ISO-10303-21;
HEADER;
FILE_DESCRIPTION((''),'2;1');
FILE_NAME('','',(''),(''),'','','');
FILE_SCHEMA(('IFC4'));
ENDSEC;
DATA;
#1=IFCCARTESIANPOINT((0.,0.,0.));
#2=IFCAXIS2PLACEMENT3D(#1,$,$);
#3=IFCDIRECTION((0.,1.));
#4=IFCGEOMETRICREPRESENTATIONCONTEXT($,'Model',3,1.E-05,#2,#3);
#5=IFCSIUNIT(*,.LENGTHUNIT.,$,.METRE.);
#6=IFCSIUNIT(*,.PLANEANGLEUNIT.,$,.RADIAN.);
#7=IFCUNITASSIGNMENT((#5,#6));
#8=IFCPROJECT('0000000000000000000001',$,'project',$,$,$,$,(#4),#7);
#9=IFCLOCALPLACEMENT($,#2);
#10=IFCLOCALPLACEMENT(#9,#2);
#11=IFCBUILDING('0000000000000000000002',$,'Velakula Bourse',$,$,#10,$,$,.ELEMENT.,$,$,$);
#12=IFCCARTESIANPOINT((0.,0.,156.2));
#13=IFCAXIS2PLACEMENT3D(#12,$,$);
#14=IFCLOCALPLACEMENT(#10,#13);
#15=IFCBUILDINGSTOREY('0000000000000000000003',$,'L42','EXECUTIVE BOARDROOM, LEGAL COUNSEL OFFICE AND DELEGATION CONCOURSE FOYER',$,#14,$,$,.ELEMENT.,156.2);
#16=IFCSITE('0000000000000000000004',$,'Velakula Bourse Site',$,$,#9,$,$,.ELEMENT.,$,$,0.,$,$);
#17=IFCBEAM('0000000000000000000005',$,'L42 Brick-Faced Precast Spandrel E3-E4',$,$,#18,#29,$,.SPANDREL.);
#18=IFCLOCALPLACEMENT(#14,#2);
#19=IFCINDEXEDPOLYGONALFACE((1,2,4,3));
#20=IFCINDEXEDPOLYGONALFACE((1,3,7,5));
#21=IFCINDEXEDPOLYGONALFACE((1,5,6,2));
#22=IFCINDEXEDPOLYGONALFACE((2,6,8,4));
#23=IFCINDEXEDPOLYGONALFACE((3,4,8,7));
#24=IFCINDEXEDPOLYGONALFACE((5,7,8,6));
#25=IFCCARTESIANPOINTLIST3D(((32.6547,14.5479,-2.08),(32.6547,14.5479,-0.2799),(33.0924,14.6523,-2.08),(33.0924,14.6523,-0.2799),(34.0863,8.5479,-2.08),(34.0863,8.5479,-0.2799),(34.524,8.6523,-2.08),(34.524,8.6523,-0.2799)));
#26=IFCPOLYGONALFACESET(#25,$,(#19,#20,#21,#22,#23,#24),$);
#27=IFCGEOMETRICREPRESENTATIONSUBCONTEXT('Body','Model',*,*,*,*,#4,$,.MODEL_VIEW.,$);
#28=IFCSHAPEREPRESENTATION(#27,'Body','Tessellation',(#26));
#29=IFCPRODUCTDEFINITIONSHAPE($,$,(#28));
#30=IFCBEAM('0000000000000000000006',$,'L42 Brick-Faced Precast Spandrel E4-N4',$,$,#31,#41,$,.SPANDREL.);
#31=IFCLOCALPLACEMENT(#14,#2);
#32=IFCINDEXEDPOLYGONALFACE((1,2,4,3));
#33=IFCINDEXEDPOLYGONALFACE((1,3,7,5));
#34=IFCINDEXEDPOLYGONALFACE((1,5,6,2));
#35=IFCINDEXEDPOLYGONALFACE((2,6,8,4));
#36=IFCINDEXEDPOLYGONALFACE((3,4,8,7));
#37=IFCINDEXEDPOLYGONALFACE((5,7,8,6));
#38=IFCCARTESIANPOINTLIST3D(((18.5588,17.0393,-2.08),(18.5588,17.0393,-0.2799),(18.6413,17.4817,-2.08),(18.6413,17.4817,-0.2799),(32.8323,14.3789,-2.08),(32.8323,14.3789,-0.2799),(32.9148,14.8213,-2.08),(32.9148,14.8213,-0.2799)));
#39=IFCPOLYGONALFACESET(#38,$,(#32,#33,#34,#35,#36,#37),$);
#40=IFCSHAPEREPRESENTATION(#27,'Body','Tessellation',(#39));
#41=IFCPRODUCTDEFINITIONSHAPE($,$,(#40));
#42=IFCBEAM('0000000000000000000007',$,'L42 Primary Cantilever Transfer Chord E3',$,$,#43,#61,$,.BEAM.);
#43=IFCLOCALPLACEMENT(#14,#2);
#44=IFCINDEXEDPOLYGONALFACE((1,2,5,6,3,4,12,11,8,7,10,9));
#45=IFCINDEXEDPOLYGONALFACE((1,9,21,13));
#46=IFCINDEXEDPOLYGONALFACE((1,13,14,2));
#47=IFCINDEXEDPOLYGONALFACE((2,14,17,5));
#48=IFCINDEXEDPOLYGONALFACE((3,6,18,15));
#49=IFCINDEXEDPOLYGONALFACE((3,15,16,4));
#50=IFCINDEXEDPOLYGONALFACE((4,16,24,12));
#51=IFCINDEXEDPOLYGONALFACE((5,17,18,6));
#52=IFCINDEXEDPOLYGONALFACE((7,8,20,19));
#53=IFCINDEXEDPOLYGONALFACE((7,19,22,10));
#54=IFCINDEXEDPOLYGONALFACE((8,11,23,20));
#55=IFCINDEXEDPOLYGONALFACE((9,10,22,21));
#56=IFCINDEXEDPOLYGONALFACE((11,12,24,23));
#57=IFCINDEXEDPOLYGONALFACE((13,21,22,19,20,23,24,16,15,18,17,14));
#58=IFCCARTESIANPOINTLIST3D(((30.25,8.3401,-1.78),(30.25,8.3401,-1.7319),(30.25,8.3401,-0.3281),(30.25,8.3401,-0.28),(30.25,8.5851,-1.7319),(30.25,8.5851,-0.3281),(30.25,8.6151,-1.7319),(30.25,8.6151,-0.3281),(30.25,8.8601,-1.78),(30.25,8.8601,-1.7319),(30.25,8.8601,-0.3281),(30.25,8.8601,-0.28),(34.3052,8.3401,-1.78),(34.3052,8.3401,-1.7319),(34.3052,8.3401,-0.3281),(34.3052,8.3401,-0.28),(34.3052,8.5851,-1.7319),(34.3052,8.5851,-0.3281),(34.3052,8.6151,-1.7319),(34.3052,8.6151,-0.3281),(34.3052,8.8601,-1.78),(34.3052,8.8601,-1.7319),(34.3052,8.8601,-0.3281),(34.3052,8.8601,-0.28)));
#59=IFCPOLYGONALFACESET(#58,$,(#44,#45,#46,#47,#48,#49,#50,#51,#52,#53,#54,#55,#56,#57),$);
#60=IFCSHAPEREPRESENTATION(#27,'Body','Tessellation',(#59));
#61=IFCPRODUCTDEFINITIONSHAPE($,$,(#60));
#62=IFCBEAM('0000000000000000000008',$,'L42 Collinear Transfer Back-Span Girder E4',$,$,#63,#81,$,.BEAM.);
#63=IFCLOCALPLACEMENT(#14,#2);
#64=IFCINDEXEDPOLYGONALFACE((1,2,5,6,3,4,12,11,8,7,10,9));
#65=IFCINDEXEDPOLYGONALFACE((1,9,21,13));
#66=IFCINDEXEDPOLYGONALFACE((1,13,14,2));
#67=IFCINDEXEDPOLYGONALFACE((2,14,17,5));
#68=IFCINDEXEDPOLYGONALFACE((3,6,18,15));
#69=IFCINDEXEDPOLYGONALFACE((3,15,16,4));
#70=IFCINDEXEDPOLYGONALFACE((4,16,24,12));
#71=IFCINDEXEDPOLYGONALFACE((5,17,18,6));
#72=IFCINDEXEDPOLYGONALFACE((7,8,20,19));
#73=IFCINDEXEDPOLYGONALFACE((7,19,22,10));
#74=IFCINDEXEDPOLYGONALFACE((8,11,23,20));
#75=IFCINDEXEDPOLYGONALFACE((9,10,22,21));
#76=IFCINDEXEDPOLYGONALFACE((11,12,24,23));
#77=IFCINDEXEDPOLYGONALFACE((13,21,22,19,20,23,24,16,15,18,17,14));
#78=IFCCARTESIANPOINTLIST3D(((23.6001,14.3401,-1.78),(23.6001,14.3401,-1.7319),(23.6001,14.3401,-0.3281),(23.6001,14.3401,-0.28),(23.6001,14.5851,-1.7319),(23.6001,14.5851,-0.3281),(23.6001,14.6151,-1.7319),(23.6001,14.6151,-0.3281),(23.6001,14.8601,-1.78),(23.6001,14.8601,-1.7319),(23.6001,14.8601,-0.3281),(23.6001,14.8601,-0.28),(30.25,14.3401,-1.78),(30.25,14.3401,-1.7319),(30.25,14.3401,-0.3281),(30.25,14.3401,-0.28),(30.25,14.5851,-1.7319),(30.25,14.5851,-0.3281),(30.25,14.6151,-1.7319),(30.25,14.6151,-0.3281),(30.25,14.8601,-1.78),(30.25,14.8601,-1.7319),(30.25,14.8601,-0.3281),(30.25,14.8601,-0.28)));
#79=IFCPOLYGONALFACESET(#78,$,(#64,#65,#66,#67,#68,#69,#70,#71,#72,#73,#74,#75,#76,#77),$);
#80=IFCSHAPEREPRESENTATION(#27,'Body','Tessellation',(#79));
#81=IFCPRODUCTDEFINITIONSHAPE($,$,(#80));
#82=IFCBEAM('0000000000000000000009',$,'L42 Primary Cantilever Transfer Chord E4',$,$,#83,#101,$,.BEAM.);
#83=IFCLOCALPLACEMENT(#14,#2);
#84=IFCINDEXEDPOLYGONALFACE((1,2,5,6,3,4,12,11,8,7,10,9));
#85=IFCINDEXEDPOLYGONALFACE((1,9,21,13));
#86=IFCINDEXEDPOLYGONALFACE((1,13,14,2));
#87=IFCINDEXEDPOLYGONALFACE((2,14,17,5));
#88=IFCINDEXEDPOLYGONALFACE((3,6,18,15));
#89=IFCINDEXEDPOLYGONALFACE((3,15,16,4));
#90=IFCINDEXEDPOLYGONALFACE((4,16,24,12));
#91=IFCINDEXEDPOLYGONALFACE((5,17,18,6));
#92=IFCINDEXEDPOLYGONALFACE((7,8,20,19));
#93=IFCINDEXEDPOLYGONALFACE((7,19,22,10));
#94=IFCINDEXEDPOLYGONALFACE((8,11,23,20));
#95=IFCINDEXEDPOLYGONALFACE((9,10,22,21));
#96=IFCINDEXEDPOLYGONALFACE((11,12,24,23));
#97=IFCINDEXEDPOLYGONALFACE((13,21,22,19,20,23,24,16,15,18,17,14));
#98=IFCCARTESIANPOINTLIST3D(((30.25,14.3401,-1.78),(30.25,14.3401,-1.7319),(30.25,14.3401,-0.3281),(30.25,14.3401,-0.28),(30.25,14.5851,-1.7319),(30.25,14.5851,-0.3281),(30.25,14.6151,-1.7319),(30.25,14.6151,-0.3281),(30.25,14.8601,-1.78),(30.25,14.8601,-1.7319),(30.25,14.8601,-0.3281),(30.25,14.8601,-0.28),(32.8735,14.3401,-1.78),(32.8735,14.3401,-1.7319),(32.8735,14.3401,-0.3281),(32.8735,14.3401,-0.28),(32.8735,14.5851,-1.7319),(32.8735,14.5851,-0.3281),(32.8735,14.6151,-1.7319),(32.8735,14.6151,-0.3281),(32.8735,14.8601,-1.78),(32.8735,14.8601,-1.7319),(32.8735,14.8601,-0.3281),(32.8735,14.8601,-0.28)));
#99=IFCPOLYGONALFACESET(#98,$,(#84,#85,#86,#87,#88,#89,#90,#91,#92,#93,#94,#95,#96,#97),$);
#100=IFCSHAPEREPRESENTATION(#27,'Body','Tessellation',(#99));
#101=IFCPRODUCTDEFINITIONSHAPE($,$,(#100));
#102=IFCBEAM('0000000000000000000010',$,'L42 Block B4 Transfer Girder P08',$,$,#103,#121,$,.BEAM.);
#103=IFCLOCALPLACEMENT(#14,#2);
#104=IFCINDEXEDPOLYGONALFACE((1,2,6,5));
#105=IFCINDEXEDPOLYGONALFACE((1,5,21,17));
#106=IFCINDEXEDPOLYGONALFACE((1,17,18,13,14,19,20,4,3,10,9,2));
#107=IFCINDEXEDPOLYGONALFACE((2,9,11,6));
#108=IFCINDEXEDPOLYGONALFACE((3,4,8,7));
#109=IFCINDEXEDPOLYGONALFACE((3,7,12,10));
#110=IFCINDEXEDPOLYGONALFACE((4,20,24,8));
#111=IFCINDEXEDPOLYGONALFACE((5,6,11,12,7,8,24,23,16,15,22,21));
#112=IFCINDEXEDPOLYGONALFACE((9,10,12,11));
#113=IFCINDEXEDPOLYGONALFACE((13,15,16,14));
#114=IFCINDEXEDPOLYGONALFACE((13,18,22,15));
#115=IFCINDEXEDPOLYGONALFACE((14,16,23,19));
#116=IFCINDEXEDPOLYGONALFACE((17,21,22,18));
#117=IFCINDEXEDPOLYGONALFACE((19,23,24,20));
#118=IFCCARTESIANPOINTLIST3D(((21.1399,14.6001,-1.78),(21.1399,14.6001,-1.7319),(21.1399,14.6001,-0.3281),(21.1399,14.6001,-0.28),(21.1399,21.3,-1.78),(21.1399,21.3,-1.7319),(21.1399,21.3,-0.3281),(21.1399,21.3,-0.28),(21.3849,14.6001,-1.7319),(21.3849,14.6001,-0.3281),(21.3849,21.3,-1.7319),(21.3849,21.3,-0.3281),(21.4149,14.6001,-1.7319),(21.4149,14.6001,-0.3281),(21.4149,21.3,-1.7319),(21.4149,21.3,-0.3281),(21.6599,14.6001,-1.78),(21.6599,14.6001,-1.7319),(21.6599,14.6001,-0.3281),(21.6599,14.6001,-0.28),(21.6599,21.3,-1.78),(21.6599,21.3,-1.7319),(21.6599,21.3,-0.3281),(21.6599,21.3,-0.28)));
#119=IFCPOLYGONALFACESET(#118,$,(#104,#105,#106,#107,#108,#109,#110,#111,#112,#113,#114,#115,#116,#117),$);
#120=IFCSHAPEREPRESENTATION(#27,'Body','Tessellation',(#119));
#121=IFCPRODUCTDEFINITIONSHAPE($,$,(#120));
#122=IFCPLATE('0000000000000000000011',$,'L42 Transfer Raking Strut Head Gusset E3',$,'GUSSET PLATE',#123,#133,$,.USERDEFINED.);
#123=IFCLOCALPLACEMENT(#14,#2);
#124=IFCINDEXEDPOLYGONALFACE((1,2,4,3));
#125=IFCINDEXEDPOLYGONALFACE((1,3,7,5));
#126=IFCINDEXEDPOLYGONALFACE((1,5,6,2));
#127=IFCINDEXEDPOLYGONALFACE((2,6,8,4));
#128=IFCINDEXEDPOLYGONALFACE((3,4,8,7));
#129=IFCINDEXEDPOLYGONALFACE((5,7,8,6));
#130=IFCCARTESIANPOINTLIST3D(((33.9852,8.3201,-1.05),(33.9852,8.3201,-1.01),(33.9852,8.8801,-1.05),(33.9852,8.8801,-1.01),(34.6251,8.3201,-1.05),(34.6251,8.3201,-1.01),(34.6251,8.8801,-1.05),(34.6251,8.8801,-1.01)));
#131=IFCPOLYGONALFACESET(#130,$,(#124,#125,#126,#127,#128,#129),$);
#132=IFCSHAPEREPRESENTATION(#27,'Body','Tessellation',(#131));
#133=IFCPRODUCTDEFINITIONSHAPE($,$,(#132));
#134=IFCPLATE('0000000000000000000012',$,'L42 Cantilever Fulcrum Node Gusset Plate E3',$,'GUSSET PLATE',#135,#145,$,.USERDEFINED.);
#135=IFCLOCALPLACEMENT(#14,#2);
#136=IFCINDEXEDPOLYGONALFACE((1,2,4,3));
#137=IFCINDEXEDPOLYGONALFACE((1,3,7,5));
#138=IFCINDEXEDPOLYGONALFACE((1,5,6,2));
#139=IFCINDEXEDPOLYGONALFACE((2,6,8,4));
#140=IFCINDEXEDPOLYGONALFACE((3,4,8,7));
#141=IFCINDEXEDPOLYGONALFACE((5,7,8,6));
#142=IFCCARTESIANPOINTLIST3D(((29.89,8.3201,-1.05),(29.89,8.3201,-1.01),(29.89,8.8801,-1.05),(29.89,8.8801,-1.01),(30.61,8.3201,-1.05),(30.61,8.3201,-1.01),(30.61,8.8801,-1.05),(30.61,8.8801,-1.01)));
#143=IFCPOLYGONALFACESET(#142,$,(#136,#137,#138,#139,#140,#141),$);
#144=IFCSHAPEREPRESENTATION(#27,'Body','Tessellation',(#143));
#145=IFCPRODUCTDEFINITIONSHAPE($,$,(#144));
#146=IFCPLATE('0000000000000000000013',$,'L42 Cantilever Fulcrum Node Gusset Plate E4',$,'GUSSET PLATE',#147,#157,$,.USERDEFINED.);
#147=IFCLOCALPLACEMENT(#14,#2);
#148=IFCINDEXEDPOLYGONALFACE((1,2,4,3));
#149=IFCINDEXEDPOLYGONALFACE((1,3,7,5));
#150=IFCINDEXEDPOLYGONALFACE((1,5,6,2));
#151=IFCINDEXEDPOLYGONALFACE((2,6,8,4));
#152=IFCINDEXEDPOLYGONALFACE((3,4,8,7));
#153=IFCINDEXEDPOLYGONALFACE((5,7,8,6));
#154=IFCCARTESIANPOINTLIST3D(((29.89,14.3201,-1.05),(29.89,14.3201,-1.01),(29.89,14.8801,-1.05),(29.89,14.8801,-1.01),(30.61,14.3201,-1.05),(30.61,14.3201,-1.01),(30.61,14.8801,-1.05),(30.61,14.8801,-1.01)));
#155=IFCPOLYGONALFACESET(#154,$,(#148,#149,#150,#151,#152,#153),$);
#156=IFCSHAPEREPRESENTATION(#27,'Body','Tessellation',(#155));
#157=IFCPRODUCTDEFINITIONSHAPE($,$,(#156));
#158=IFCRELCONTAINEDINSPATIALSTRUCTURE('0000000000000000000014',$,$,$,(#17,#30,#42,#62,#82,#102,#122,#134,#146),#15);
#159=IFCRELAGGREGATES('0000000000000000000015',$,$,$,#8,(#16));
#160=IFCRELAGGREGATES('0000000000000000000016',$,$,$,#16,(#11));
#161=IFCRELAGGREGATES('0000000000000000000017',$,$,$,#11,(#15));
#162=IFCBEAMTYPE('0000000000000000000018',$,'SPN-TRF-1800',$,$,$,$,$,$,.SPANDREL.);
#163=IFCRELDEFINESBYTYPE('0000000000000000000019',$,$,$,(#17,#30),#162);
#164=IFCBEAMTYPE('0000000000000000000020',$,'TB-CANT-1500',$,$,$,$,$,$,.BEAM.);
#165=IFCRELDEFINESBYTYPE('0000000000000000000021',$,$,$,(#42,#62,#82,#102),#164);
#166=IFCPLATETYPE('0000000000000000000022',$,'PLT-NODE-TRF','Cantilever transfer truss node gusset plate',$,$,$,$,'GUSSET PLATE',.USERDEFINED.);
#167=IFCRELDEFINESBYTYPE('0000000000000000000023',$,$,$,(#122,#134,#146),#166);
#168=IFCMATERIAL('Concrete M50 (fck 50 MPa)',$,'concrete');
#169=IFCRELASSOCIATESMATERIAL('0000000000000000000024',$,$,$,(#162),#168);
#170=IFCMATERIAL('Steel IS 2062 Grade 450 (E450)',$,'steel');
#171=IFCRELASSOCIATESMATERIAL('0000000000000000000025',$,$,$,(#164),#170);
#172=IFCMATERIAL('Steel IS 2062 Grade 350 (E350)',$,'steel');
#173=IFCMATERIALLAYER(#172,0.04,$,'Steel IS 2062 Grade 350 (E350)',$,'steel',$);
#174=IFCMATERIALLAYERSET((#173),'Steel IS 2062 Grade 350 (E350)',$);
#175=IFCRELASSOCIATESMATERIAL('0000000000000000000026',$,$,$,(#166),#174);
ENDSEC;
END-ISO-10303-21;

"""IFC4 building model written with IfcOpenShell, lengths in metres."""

from ifc_helpers import new_model, si_unit, direction, frame, origin, origin_2d, place, context, subcontext, project, spatial, rectangle, i_section, extrude, material, layer, layer_set, material_profile, profile_set, type_object, element, save


model = new_model("IFC4")

# Units and contexts
model_context = context("Model", 3, precision=1e-05, world=origin(), true_north=direction((0.0, 1.0)))
body_context = subcontext(model_context, "Body", "Model", "MODEL_VIEW")
ifc_project = project(units=[si_unit("LENGTHUNIT", "METRE"), si_unit("PLANEANGLEUNIT", "RADIAN")], contexts=[model_context])

# Site, building, storey
site_placement = place(None, origin())
site = spatial("IfcSite", under=ifc_project, at=site_placement, Name="Velakula Bourse Site", CompositionType="ELEMENT", RefElevation=0.0)
building_placement = place(site_placement, origin())
building = spatial("IfcBuilding", under=site, at=building_placement, Name="Velakula Bourse", CompositionType="ELEMENT")
storey_placement = place(building_placement, frame((0.0, 0.0, 156.2)))
storey = spatial("IfcBuildingStorey", under=building, at=storey_placement, Name="L42", Description="EXECUTIVE BOARDROOM, LEGAL COUNSEL OFFICE AND DELEGATION CONCOURSE FOYER", CompositionType="ELEMENT", Elevation=156.2)

# Shared definitions
ifc_material_1 = material(Name="Steel IS 2062 Grade 350 (E350)", Category="steel")

# Beams
ifc_material_2 = material(Name="Concrete M50 (fck 50 MPa)", Category="concrete")
ifc_material_profile_1 = material_profile(ifc_material_2, rectangle(XDim=0.45, YDim=1.8, at=origin_2d()), Name="Concrete M50 (fck 50 MPa)")
ifc_profile_set_1 = profile_set([ifc_material_profile_1], Name="Concrete M50 (fck 50 MPa)")
beam_type_1 = type_object("IfcBeamType", Name="SPN-TRF-1800", PredefinedType="SPANDREL", material=ifc_profile_set_1)
beam_1_placement = place(storey_placement, frame((34.3052, 8.6001, -1.1799), z_axis=(-0.232091, 0.972694, 0.0), x_axis=(-0.972694, -0.232091, 0.0)))
element("IfcBeam", 1, at=beam_1_placement, inside=storey, type_object=beam_type_1, Name="L42 Brick-Faced Precast Spandrel E3-E4", PredefinedType="SPANDREL", context=body_context, shape_type="SweptSolid", body=[
    extrude(rectangle(XDim=0.45, YDim=1.8, at=origin_2d()), origin(), (0.0, 0.0, 1.0), 6.1685),
])
beam_2_placement = place(storey_placement, frame((32.8735, 14.6001, -1.1799), z_axis=(-0.98307, 0.183233, 0.0), x_axis=(-0.183233, -0.98307, 0.0)))
element("IfcBeam", 2, at=beam_2_placement, inside=storey, type_object=beam_type_1, Name="L42 Brick-Faced Precast Spandrel E4-N4", PredefinedType="SPANDREL", context=body_context, shape_type="SweptSolid", body=[
    extrude(rectangle(XDim=0.45, YDim=1.8, at=origin_2d()), origin(), (0.0, 0.0, 1.0), 14.5193),
])
ifc_material_3 = material(Name="Steel IS 2062 Grade 450 (E450)", Category="steel")
ifc_material_profile_2 = material_profile(ifc_material_3, i_section(OverallWidth=0.52, OverallDepth=1.5, WebThickness=0.03, FlangeThickness=0.0481, at=origin_2d()), Name="Steel IS 2062 Grade 450 (E450)")
ifc_profile_set_2 = profile_set([ifc_material_profile_2], Name="Steel IS 2062 Grade 450 (E450)")
beam_type_2 = type_object("IfcBeamType", Name="TB-CANT-1500", PredefinedType="BEAM", material=ifc_profile_set_2)
beam_3_placement = place(storey_placement, frame((30.25, 8.6001, -1.03), z_axis=(1.0, 0.0, 0.0), x_axis=(0.0, 1.0, 0.0)))
element("IfcBeam", 3, at=beam_3_placement, inside=storey, type_object=beam_type_2, Name="L42 Primary Cantilever Transfer Chord E3", PredefinedType="BEAM", context=body_context, shape_type="SweptSolid", body=[
    extrude(i_section(OverallWidth=0.52, OverallDepth=1.5, WebThickness=0.03, FlangeThickness=0.0481, at=origin_2d()), origin(), (0.0, 0.0, 1.0), 4.0552),
])
beam_4_placement = place(storey_placement, frame((23.6001, 14.6001, -1.03), z_axis=(1.0, 0.0, 0.0), x_axis=(0.0, 1.0, 0.0)))
element("IfcBeam", 4, at=beam_4_placement, inside=storey, type_object=beam_type_2, Name="L42 Collinear Transfer Back-Span Girder E4", PredefinedType="BEAM", context=body_context, shape_type="SweptSolid", body=[
    extrude(i_section(OverallWidth=0.52, OverallDepth=1.5, WebThickness=0.03, FlangeThickness=0.0481, at=origin_2d()), origin(), (0.0, 0.0, 1.0), 6.6499),
])
beam_5_placement = place(storey_placement, frame((30.25, 14.6001, -1.03), z_axis=(1.0, 0.0, 0.0), x_axis=(0.0, 1.0, 0.0)))
element("IfcBeam", 5, at=beam_5_placement, inside=storey, type_object=beam_type_2, Name="L42 Primary Cantilever Transfer Chord E4", PredefinedType="BEAM", context=body_context, shape_type="SweptSolid", body=[
    extrude(i_section(OverallWidth=0.52, OverallDepth=1.5, WebThickness=0.03, FlangeThickness=0.0481, at=origin_2d()), origin(), (0.0, 0.0, 1.0), 2.6235),
])
beam_6_placement = place(storey_placement, frame((21.3999, 14.6001, -1.03), z_axis=(0.0, 1.0, 0.0), x_axis=(-1.0, 0.0, 0.0)))
element("IfcBeam", 6, at=beam_6_placement, inside=storey, type_object=beam_type_2, Name="L42 Block B4 Transfer Girder P08", PredefinedType="BEAM", context=body_context, shape_type="SweptSolid", body=[
    extrude(i_section(OverallWidth=0.52, OverallDepth=1.5, WebThickness=0.03, FlangeThickness=0.0481, at=origin_2d()), origin(), (0.0, 0.0, 1.0), 6.7),
])

# Plates
ifc_layer_1 = layer(ifc_material_1, 0.04, Name="Steel IS 2062 Grade 350 (E350)", Category="steel")
ifc_layer_set_1 = layer_set([ifc_layer_1], Name="Steel IS 2062 Grade 350 (E350)")
plate_type = type_object("IfcPlateType", Name="PLT-NODE-TRF", Description="Cantilever transfer truss node gusset plate", ElementType="GUSSET PLATE", PredefinedType="USERDEFINED", material=ifc_layer_set_1)
plate_placement = place(storey_placement, frame((34.3052, 8.6001, -1.05), z_axis=(0.0, 0.0, 1.0), x_axis=(1.0, 0.0, 0.0)))
element("IfcPlate", 7, at=plate_placement, inside=storey, type_object=plate_type, Name="L42 Transfer Raking Strut Head Gusset E3", ObjectType="GUSSET PLATE", PredefinedType="USERDEFINED", context=body_context, shape_type="SweptSolid", body=[
    extrude(rectangle(XDim=0.6399, YDim=0.5601, at=origin_2d()), origin(), (0.0, 0.0, 1.0), 0.04),
])
for number, where, z_axis, x_axis, name in (
    (8, (30.25, 8.6001, -1.05), (0.0, 0.0, 1.0), (1.0, 0.0, 0.0), "L42 Cantilever Fulcrum Node Gusset Plate E3"),
    (9, (30.25, 14.6001, -1.05), (0.0, 0.0, 1.0), (1.0, 0.0, 0.0), "L42 Cantilever Fulcrum Node Gusset Plate E4"),
):
    element("IfcPlate", number, at=place(storey_placement, frame(where, z_axis=z_axis, x_axis=x_axis)), inside=storey, type_object=plate_type, Name=name, ObjectType="GUSSET PLATE", PredefinedType="USERDEFINED", context=body_context, shape_type="SweptSolid", body=[
        extrude(rectangle(XDim=0.72, YDim=0.5601, at=origin_2d()), origin(), (0.0, 0.0, 1.0), 0.04),
    ])

save(model, "model.ifc")
